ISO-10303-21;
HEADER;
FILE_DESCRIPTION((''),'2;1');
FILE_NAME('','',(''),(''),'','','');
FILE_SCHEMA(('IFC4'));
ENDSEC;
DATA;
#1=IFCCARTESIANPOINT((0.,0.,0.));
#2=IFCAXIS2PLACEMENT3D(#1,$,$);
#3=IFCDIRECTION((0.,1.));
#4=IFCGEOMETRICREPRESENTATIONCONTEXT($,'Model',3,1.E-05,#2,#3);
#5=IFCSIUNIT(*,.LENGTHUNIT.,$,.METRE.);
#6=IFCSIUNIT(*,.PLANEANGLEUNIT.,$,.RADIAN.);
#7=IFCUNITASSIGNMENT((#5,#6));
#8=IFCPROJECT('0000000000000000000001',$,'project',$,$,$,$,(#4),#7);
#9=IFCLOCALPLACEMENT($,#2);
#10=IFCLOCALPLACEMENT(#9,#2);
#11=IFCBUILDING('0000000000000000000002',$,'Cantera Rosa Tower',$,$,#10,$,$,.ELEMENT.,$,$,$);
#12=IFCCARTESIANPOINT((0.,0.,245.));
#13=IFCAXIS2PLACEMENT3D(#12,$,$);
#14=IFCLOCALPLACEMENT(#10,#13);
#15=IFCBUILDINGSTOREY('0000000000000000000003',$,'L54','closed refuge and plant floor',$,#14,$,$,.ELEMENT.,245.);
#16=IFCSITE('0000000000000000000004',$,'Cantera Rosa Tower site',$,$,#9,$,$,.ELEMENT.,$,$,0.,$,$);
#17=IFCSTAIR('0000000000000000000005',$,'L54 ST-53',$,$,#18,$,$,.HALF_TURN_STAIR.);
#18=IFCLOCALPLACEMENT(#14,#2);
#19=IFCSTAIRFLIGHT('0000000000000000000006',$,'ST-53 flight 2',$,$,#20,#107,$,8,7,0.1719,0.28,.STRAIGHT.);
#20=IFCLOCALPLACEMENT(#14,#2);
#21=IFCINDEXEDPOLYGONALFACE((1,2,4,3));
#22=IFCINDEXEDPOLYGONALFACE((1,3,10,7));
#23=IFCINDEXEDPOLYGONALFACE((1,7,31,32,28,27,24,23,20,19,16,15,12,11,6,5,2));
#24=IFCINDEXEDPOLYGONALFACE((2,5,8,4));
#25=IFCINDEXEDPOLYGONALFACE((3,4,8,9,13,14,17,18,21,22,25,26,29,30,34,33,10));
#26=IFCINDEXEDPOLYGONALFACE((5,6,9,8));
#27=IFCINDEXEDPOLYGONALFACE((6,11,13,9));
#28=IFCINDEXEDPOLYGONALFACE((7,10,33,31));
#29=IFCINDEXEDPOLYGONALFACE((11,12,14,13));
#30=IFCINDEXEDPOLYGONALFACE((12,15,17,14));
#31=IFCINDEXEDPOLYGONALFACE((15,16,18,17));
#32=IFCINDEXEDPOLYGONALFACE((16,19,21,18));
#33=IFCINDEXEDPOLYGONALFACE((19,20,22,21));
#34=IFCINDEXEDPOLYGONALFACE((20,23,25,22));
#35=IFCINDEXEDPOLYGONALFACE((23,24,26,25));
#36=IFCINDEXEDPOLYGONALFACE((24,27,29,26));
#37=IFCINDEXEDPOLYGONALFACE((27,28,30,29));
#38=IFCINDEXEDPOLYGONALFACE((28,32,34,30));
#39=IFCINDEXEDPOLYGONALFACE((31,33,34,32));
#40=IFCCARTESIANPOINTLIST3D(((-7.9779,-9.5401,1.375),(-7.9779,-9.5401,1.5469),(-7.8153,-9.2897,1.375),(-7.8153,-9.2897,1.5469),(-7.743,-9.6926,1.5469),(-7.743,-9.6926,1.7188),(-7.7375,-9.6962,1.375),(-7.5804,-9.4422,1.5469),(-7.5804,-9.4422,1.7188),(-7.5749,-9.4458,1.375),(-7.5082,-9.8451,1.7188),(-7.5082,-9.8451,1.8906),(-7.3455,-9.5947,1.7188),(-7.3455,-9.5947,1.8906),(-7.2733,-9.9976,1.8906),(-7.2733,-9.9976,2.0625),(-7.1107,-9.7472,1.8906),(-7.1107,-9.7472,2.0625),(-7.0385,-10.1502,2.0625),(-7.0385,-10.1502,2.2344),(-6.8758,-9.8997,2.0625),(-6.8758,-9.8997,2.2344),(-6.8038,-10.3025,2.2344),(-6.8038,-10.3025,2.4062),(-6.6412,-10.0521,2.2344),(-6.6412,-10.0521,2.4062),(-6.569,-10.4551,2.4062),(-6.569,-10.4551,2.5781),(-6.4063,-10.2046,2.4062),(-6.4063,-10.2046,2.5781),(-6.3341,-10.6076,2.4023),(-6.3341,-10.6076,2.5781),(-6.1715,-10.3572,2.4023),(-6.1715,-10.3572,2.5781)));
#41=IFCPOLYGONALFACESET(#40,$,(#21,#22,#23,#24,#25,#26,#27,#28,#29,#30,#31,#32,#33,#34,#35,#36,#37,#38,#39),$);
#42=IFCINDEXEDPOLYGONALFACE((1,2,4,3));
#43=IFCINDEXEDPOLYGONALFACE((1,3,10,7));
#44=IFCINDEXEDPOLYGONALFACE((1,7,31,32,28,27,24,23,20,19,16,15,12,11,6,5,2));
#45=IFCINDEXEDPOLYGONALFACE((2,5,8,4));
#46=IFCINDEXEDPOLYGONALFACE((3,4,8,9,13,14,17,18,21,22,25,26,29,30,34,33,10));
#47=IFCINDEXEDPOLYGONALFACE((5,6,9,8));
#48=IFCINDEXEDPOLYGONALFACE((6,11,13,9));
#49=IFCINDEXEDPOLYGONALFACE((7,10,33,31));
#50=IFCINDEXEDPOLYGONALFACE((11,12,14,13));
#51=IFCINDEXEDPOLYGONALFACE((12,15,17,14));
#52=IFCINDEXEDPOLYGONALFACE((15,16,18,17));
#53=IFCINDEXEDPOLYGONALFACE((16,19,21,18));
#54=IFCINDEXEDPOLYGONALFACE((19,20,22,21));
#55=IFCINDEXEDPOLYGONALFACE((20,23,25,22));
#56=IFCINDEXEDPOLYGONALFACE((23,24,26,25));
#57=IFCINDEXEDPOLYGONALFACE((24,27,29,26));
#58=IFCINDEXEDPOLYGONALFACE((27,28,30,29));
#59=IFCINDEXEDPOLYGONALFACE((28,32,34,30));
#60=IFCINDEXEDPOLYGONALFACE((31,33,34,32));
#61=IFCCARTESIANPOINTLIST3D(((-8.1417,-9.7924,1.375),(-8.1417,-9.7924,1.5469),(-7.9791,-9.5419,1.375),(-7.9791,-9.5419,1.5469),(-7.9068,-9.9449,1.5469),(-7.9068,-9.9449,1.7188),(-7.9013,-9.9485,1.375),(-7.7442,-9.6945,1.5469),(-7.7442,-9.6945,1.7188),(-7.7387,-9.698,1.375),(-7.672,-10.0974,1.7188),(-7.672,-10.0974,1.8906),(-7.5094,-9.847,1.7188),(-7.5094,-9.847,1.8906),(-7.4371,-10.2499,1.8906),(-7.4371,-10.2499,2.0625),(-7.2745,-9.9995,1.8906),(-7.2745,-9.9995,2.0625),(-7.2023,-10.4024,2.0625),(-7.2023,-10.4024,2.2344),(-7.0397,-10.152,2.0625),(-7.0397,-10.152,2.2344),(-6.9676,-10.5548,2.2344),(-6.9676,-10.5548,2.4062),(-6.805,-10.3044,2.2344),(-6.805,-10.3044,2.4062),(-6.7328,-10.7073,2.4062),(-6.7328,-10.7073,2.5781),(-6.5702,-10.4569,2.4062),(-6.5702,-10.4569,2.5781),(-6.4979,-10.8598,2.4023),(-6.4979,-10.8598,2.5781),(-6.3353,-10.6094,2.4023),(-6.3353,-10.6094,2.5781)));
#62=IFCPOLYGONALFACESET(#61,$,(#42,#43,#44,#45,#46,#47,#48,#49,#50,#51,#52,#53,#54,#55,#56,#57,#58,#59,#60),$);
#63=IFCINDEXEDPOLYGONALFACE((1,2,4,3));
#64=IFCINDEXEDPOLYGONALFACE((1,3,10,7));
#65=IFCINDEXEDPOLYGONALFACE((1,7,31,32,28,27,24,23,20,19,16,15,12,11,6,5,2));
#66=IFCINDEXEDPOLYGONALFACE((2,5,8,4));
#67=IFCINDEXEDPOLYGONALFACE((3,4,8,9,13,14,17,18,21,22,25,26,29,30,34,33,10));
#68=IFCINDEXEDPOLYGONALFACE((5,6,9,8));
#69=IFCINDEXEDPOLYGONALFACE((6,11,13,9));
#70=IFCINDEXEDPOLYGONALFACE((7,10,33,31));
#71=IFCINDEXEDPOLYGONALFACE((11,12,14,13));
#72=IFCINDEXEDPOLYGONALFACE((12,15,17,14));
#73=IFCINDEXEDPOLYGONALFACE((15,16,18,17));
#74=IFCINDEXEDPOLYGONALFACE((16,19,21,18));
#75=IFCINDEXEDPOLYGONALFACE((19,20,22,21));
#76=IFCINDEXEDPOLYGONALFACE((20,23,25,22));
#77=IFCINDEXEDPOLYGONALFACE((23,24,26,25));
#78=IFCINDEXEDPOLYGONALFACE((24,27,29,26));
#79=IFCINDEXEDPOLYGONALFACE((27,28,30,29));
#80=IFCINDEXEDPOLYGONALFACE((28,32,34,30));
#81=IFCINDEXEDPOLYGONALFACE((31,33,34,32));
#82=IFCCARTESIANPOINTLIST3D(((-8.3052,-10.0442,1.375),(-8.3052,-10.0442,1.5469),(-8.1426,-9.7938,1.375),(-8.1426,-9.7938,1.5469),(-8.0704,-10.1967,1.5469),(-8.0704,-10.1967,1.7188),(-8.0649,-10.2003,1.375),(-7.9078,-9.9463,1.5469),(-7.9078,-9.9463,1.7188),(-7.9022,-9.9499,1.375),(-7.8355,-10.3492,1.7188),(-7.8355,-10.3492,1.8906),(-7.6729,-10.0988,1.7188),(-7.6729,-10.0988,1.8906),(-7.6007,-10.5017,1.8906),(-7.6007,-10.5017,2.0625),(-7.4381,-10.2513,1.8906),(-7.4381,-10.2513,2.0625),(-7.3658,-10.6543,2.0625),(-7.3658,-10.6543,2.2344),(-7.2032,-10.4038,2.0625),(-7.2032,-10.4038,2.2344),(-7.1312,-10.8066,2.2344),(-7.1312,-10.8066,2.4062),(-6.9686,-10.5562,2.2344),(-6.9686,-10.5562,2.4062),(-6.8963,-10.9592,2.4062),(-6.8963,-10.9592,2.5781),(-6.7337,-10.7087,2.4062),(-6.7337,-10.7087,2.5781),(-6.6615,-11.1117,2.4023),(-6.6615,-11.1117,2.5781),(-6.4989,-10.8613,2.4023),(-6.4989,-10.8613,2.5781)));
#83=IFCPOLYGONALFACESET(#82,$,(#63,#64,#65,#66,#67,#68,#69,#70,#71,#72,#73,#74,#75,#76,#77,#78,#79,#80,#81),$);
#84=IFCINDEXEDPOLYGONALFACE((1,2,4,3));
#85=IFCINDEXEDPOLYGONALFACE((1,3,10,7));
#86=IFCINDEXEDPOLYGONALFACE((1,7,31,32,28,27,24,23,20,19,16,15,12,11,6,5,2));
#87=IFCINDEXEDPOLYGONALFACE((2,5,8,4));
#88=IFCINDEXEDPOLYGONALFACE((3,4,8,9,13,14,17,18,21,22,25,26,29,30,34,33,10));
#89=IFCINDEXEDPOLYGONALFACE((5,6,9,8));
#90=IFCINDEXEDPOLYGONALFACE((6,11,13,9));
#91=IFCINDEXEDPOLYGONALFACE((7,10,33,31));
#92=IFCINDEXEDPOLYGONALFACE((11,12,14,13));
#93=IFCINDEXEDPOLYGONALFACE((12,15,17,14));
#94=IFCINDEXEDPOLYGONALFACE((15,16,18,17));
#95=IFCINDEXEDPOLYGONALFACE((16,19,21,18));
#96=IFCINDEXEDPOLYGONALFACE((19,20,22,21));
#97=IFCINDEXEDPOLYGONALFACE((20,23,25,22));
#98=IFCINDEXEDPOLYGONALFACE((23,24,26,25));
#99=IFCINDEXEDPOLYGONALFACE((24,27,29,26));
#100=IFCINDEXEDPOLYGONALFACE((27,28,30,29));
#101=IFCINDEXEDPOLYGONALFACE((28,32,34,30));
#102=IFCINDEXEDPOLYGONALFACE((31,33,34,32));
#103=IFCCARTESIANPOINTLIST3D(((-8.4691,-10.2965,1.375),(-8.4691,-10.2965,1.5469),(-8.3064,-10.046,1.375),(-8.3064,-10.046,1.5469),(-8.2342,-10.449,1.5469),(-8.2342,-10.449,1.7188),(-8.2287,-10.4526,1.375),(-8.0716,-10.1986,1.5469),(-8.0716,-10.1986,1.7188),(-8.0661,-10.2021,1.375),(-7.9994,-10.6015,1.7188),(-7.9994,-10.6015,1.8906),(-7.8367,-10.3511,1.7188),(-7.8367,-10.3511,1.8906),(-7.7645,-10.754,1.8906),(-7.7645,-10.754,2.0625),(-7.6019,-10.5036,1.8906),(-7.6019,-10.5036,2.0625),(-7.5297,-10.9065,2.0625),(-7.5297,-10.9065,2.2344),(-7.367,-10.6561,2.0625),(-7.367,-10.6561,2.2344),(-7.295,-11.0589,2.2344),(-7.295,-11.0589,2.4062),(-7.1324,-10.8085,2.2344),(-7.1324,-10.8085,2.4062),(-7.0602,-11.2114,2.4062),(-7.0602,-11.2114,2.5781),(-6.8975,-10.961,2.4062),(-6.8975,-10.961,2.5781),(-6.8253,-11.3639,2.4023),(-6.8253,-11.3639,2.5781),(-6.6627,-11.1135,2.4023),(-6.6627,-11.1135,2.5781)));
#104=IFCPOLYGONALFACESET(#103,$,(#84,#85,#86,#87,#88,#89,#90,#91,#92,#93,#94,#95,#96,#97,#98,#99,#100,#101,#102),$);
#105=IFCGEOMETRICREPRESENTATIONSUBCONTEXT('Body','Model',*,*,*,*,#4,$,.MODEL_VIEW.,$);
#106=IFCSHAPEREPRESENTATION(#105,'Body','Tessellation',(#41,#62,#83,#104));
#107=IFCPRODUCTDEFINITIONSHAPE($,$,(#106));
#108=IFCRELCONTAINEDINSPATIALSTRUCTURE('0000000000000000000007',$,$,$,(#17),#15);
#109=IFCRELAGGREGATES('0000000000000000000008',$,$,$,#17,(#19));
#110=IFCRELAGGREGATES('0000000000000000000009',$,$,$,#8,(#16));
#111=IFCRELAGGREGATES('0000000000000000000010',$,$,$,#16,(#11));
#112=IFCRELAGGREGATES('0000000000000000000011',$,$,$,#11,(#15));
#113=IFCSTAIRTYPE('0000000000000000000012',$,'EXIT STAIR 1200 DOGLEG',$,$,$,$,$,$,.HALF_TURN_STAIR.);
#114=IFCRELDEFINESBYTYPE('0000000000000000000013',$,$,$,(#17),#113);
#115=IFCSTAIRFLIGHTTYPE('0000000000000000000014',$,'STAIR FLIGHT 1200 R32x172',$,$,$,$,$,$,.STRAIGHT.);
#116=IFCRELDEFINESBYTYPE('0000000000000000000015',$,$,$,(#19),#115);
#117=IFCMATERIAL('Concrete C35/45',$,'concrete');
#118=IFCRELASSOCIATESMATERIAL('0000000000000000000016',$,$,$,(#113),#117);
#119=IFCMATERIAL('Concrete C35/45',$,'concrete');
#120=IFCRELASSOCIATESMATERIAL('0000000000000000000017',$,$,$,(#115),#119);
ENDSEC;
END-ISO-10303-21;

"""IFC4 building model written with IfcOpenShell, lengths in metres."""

from ifc_helpers import new_model, si_unit, direction, frame, origin, place, context, subcontext, project, spatial, polyline, outline, extrude, material, type_object, element, aggregate, save


model = new_model("IFC4")

# Units and contexts
model_context = context("Model", 3, precision=1e-05, world=origin(), true_north=direction((0.0, 1.0)))
body_context = subcontext(model_context, "Body", "Model", "MODEL_VIEW")
ifc_project = project(units=[si_unit("LENGTHUNIT", "METRE"), si_unit("PLANEANGLEUNIT", "RADIAN")], contexts=[model_context])

# Site, building, storey
site_placement = place(None, origin())
site = spatial("IfcSite", under=ifc_project, at=site_placement, Name="Cantera Rosa Tower site", CompositionType="ELEMENT", RefElevation=0.0)
building_placement = place(site_placement, origin())
building = spatial("IfcBuilding", under=site, at=building_placement, Name="Cantera Rosa Tower", CompositionType="ELEMENT")
storey_placement = place(building_placement, frame((0.0, 0.0, 245.0)))
storey = spatial("IfcBuildingStorey", under=building, at=storey_placement, Name="L54", Description="closed refuge and plant floor", CompositionType="ELEMENT", Elevation=245.0)

# Stair, stair flight
ifc_material_1 = material(Name="Concrete C35/45", Category="concrete")
stair_type = type_object("IfcStairType", Name="EXIT STAIR 1200 DOGLEG", PredefinedType="HALF_TURN_STAIR", material=ifc_material_1)
stair_placement = place(storey_placement, origin())
stair = element("IfcStair", 1, at=stair_placement, inside=storey, type_object=stair_type, Name="L54 ST-53", PredefinedType="HALF_TURN_STAIR")
ifc_material_2 = material(Name="Concrete C35/45", Category="concrete")
stair_flight_type = type_object("IfcStairFlightType", Name="STAIR FLIGHT 1200 R32x172", PredefinedType="STRAIGHT", material=ifc_material_2)
stair_flight_1_placement = place(storey_placement, frame((-8.1421, -9.793, 1.375), z_axis=(0.0, 0.0, 1.0), x_axis=(0.838671, -0.544639, 0.0)))
stair_flight_1 = element("IfcStairFlight", 2, at=stair_flight_1_placement, type_object=stair_flight_type, Name="ST-53 flight 2", NumberOfRisers=8, NumberOfTreads=7, PredefinedType="STRAIGHT", RiserHeight=0.1719, TreadLength=0.28, context=body_context, shape_type="SweptSolid", body=[
    extrude(outline(polyline([(0.0, 0.0), (0.0, 0.1719), (0.28, 0.1719), (0.28, 0.3438), (0.5601, 0.3438), (0.5601, 0.5156), (0.8401, 0.5156), (0.8401, 0.6875), (1.1201, 0.6875), (1.1201, 0.8594), (1.3999, 0.8594), (1.3999, 1.0312), (1.6799, 1.0312), (1.6799, 1.2031), (1.96, 1.2031), (1.96, 1.375), (1.96, 1.0273), (0.2866, 0.0), (0.0, 0.0)])), frame((0.0, 0.6001, 0.0), z_axis=(0.0, -1.0, 0.0), x_axis=(1.0, 0.0, 0.0)), (0.0, 0.0, 1.0), 0.2986),
    extrude(outline(polyline([(0.0, 0.0), (0.0, 0.1719), (0.28, 0.1719), (0.28, 0.3438), (0.5601, 0.3438), (0.5601, 0.5156), (0.8401, 0.5156), (0.8401, 0.6875), (1.1201, 0.6875), (1.1201, 0.8594), (1.3999, 0.8594), (1.3999, 1.0312), (1.6799, 1.0312), (1.6799, 1.2031), (1.96, 1.2031), (1.96, 1.375), (1.96, 1.0273), (0.2866, 0.0), (0.0, 0.0)])), frame((0.0, 0.2993, 0.0), z_axis=(0.0, -1.0, 0.0), x_axis=(1.0, 0.0, 0.0)), (0.0, 0.0, 1.0), 0.2986),
    extrude(outline(polyline([(0.0, 0.0), (0.0, 0.1719), (0.28, 0.1719), (0.28, 0.3438), (0.5601, 0.3438), (0.5601, 0.5156), (0.8401, 0.5156), (0.8401, 0.6875), (1.1201, 0.6875), (1.1201, 0.8594), (1.3999, 0.8594), (1.3999, 1.0312), (1.6799, 1.0312), (1.6799, 1.2031), (1.96, 1.2031), (1.96, 1.375), (1.96, 1.0273), (0.2866, 0.0), (0.0, 0.0)])), frame((0.0, -0.001, 0.0), z_axis=(0.0, -1.0, 0.0), x_axis=(1.0, 0.0, 0.0)), (0.0, 0.0, 1.0), 0.2986),
    extrude(outline(polyline([(0.0, 0.0), (0.0, 0.1719), (0.28, 0.1719), (0.28, 0.3438), (0.5601, 0.3438), (0.5601, 0.5156), (0.8401, 0.5156), (0.8401, 0.6875), (1.1201, 0.6875), (1.1201, 0.8594), (1.3999, 0.8594), (1.3999, 1.0312), (1.6799, 1.0312), (1.6799, 1.2031), (1.96, 1.2031), (1.96, 1.375), (1.96, 1.0273), (0.2866, 0.0), (0.0, 0.0)])), frame((0.0, -0.3018, 0.0), z_axis=(0.0, -1.0, 0.0), x_axis=(1.0, 0.0, 0.0)), (0.0, 0.0, 1.0), 0.2986),
])
aggregate(stair, [stair_flight_1])

save(model, "model.ifc")
